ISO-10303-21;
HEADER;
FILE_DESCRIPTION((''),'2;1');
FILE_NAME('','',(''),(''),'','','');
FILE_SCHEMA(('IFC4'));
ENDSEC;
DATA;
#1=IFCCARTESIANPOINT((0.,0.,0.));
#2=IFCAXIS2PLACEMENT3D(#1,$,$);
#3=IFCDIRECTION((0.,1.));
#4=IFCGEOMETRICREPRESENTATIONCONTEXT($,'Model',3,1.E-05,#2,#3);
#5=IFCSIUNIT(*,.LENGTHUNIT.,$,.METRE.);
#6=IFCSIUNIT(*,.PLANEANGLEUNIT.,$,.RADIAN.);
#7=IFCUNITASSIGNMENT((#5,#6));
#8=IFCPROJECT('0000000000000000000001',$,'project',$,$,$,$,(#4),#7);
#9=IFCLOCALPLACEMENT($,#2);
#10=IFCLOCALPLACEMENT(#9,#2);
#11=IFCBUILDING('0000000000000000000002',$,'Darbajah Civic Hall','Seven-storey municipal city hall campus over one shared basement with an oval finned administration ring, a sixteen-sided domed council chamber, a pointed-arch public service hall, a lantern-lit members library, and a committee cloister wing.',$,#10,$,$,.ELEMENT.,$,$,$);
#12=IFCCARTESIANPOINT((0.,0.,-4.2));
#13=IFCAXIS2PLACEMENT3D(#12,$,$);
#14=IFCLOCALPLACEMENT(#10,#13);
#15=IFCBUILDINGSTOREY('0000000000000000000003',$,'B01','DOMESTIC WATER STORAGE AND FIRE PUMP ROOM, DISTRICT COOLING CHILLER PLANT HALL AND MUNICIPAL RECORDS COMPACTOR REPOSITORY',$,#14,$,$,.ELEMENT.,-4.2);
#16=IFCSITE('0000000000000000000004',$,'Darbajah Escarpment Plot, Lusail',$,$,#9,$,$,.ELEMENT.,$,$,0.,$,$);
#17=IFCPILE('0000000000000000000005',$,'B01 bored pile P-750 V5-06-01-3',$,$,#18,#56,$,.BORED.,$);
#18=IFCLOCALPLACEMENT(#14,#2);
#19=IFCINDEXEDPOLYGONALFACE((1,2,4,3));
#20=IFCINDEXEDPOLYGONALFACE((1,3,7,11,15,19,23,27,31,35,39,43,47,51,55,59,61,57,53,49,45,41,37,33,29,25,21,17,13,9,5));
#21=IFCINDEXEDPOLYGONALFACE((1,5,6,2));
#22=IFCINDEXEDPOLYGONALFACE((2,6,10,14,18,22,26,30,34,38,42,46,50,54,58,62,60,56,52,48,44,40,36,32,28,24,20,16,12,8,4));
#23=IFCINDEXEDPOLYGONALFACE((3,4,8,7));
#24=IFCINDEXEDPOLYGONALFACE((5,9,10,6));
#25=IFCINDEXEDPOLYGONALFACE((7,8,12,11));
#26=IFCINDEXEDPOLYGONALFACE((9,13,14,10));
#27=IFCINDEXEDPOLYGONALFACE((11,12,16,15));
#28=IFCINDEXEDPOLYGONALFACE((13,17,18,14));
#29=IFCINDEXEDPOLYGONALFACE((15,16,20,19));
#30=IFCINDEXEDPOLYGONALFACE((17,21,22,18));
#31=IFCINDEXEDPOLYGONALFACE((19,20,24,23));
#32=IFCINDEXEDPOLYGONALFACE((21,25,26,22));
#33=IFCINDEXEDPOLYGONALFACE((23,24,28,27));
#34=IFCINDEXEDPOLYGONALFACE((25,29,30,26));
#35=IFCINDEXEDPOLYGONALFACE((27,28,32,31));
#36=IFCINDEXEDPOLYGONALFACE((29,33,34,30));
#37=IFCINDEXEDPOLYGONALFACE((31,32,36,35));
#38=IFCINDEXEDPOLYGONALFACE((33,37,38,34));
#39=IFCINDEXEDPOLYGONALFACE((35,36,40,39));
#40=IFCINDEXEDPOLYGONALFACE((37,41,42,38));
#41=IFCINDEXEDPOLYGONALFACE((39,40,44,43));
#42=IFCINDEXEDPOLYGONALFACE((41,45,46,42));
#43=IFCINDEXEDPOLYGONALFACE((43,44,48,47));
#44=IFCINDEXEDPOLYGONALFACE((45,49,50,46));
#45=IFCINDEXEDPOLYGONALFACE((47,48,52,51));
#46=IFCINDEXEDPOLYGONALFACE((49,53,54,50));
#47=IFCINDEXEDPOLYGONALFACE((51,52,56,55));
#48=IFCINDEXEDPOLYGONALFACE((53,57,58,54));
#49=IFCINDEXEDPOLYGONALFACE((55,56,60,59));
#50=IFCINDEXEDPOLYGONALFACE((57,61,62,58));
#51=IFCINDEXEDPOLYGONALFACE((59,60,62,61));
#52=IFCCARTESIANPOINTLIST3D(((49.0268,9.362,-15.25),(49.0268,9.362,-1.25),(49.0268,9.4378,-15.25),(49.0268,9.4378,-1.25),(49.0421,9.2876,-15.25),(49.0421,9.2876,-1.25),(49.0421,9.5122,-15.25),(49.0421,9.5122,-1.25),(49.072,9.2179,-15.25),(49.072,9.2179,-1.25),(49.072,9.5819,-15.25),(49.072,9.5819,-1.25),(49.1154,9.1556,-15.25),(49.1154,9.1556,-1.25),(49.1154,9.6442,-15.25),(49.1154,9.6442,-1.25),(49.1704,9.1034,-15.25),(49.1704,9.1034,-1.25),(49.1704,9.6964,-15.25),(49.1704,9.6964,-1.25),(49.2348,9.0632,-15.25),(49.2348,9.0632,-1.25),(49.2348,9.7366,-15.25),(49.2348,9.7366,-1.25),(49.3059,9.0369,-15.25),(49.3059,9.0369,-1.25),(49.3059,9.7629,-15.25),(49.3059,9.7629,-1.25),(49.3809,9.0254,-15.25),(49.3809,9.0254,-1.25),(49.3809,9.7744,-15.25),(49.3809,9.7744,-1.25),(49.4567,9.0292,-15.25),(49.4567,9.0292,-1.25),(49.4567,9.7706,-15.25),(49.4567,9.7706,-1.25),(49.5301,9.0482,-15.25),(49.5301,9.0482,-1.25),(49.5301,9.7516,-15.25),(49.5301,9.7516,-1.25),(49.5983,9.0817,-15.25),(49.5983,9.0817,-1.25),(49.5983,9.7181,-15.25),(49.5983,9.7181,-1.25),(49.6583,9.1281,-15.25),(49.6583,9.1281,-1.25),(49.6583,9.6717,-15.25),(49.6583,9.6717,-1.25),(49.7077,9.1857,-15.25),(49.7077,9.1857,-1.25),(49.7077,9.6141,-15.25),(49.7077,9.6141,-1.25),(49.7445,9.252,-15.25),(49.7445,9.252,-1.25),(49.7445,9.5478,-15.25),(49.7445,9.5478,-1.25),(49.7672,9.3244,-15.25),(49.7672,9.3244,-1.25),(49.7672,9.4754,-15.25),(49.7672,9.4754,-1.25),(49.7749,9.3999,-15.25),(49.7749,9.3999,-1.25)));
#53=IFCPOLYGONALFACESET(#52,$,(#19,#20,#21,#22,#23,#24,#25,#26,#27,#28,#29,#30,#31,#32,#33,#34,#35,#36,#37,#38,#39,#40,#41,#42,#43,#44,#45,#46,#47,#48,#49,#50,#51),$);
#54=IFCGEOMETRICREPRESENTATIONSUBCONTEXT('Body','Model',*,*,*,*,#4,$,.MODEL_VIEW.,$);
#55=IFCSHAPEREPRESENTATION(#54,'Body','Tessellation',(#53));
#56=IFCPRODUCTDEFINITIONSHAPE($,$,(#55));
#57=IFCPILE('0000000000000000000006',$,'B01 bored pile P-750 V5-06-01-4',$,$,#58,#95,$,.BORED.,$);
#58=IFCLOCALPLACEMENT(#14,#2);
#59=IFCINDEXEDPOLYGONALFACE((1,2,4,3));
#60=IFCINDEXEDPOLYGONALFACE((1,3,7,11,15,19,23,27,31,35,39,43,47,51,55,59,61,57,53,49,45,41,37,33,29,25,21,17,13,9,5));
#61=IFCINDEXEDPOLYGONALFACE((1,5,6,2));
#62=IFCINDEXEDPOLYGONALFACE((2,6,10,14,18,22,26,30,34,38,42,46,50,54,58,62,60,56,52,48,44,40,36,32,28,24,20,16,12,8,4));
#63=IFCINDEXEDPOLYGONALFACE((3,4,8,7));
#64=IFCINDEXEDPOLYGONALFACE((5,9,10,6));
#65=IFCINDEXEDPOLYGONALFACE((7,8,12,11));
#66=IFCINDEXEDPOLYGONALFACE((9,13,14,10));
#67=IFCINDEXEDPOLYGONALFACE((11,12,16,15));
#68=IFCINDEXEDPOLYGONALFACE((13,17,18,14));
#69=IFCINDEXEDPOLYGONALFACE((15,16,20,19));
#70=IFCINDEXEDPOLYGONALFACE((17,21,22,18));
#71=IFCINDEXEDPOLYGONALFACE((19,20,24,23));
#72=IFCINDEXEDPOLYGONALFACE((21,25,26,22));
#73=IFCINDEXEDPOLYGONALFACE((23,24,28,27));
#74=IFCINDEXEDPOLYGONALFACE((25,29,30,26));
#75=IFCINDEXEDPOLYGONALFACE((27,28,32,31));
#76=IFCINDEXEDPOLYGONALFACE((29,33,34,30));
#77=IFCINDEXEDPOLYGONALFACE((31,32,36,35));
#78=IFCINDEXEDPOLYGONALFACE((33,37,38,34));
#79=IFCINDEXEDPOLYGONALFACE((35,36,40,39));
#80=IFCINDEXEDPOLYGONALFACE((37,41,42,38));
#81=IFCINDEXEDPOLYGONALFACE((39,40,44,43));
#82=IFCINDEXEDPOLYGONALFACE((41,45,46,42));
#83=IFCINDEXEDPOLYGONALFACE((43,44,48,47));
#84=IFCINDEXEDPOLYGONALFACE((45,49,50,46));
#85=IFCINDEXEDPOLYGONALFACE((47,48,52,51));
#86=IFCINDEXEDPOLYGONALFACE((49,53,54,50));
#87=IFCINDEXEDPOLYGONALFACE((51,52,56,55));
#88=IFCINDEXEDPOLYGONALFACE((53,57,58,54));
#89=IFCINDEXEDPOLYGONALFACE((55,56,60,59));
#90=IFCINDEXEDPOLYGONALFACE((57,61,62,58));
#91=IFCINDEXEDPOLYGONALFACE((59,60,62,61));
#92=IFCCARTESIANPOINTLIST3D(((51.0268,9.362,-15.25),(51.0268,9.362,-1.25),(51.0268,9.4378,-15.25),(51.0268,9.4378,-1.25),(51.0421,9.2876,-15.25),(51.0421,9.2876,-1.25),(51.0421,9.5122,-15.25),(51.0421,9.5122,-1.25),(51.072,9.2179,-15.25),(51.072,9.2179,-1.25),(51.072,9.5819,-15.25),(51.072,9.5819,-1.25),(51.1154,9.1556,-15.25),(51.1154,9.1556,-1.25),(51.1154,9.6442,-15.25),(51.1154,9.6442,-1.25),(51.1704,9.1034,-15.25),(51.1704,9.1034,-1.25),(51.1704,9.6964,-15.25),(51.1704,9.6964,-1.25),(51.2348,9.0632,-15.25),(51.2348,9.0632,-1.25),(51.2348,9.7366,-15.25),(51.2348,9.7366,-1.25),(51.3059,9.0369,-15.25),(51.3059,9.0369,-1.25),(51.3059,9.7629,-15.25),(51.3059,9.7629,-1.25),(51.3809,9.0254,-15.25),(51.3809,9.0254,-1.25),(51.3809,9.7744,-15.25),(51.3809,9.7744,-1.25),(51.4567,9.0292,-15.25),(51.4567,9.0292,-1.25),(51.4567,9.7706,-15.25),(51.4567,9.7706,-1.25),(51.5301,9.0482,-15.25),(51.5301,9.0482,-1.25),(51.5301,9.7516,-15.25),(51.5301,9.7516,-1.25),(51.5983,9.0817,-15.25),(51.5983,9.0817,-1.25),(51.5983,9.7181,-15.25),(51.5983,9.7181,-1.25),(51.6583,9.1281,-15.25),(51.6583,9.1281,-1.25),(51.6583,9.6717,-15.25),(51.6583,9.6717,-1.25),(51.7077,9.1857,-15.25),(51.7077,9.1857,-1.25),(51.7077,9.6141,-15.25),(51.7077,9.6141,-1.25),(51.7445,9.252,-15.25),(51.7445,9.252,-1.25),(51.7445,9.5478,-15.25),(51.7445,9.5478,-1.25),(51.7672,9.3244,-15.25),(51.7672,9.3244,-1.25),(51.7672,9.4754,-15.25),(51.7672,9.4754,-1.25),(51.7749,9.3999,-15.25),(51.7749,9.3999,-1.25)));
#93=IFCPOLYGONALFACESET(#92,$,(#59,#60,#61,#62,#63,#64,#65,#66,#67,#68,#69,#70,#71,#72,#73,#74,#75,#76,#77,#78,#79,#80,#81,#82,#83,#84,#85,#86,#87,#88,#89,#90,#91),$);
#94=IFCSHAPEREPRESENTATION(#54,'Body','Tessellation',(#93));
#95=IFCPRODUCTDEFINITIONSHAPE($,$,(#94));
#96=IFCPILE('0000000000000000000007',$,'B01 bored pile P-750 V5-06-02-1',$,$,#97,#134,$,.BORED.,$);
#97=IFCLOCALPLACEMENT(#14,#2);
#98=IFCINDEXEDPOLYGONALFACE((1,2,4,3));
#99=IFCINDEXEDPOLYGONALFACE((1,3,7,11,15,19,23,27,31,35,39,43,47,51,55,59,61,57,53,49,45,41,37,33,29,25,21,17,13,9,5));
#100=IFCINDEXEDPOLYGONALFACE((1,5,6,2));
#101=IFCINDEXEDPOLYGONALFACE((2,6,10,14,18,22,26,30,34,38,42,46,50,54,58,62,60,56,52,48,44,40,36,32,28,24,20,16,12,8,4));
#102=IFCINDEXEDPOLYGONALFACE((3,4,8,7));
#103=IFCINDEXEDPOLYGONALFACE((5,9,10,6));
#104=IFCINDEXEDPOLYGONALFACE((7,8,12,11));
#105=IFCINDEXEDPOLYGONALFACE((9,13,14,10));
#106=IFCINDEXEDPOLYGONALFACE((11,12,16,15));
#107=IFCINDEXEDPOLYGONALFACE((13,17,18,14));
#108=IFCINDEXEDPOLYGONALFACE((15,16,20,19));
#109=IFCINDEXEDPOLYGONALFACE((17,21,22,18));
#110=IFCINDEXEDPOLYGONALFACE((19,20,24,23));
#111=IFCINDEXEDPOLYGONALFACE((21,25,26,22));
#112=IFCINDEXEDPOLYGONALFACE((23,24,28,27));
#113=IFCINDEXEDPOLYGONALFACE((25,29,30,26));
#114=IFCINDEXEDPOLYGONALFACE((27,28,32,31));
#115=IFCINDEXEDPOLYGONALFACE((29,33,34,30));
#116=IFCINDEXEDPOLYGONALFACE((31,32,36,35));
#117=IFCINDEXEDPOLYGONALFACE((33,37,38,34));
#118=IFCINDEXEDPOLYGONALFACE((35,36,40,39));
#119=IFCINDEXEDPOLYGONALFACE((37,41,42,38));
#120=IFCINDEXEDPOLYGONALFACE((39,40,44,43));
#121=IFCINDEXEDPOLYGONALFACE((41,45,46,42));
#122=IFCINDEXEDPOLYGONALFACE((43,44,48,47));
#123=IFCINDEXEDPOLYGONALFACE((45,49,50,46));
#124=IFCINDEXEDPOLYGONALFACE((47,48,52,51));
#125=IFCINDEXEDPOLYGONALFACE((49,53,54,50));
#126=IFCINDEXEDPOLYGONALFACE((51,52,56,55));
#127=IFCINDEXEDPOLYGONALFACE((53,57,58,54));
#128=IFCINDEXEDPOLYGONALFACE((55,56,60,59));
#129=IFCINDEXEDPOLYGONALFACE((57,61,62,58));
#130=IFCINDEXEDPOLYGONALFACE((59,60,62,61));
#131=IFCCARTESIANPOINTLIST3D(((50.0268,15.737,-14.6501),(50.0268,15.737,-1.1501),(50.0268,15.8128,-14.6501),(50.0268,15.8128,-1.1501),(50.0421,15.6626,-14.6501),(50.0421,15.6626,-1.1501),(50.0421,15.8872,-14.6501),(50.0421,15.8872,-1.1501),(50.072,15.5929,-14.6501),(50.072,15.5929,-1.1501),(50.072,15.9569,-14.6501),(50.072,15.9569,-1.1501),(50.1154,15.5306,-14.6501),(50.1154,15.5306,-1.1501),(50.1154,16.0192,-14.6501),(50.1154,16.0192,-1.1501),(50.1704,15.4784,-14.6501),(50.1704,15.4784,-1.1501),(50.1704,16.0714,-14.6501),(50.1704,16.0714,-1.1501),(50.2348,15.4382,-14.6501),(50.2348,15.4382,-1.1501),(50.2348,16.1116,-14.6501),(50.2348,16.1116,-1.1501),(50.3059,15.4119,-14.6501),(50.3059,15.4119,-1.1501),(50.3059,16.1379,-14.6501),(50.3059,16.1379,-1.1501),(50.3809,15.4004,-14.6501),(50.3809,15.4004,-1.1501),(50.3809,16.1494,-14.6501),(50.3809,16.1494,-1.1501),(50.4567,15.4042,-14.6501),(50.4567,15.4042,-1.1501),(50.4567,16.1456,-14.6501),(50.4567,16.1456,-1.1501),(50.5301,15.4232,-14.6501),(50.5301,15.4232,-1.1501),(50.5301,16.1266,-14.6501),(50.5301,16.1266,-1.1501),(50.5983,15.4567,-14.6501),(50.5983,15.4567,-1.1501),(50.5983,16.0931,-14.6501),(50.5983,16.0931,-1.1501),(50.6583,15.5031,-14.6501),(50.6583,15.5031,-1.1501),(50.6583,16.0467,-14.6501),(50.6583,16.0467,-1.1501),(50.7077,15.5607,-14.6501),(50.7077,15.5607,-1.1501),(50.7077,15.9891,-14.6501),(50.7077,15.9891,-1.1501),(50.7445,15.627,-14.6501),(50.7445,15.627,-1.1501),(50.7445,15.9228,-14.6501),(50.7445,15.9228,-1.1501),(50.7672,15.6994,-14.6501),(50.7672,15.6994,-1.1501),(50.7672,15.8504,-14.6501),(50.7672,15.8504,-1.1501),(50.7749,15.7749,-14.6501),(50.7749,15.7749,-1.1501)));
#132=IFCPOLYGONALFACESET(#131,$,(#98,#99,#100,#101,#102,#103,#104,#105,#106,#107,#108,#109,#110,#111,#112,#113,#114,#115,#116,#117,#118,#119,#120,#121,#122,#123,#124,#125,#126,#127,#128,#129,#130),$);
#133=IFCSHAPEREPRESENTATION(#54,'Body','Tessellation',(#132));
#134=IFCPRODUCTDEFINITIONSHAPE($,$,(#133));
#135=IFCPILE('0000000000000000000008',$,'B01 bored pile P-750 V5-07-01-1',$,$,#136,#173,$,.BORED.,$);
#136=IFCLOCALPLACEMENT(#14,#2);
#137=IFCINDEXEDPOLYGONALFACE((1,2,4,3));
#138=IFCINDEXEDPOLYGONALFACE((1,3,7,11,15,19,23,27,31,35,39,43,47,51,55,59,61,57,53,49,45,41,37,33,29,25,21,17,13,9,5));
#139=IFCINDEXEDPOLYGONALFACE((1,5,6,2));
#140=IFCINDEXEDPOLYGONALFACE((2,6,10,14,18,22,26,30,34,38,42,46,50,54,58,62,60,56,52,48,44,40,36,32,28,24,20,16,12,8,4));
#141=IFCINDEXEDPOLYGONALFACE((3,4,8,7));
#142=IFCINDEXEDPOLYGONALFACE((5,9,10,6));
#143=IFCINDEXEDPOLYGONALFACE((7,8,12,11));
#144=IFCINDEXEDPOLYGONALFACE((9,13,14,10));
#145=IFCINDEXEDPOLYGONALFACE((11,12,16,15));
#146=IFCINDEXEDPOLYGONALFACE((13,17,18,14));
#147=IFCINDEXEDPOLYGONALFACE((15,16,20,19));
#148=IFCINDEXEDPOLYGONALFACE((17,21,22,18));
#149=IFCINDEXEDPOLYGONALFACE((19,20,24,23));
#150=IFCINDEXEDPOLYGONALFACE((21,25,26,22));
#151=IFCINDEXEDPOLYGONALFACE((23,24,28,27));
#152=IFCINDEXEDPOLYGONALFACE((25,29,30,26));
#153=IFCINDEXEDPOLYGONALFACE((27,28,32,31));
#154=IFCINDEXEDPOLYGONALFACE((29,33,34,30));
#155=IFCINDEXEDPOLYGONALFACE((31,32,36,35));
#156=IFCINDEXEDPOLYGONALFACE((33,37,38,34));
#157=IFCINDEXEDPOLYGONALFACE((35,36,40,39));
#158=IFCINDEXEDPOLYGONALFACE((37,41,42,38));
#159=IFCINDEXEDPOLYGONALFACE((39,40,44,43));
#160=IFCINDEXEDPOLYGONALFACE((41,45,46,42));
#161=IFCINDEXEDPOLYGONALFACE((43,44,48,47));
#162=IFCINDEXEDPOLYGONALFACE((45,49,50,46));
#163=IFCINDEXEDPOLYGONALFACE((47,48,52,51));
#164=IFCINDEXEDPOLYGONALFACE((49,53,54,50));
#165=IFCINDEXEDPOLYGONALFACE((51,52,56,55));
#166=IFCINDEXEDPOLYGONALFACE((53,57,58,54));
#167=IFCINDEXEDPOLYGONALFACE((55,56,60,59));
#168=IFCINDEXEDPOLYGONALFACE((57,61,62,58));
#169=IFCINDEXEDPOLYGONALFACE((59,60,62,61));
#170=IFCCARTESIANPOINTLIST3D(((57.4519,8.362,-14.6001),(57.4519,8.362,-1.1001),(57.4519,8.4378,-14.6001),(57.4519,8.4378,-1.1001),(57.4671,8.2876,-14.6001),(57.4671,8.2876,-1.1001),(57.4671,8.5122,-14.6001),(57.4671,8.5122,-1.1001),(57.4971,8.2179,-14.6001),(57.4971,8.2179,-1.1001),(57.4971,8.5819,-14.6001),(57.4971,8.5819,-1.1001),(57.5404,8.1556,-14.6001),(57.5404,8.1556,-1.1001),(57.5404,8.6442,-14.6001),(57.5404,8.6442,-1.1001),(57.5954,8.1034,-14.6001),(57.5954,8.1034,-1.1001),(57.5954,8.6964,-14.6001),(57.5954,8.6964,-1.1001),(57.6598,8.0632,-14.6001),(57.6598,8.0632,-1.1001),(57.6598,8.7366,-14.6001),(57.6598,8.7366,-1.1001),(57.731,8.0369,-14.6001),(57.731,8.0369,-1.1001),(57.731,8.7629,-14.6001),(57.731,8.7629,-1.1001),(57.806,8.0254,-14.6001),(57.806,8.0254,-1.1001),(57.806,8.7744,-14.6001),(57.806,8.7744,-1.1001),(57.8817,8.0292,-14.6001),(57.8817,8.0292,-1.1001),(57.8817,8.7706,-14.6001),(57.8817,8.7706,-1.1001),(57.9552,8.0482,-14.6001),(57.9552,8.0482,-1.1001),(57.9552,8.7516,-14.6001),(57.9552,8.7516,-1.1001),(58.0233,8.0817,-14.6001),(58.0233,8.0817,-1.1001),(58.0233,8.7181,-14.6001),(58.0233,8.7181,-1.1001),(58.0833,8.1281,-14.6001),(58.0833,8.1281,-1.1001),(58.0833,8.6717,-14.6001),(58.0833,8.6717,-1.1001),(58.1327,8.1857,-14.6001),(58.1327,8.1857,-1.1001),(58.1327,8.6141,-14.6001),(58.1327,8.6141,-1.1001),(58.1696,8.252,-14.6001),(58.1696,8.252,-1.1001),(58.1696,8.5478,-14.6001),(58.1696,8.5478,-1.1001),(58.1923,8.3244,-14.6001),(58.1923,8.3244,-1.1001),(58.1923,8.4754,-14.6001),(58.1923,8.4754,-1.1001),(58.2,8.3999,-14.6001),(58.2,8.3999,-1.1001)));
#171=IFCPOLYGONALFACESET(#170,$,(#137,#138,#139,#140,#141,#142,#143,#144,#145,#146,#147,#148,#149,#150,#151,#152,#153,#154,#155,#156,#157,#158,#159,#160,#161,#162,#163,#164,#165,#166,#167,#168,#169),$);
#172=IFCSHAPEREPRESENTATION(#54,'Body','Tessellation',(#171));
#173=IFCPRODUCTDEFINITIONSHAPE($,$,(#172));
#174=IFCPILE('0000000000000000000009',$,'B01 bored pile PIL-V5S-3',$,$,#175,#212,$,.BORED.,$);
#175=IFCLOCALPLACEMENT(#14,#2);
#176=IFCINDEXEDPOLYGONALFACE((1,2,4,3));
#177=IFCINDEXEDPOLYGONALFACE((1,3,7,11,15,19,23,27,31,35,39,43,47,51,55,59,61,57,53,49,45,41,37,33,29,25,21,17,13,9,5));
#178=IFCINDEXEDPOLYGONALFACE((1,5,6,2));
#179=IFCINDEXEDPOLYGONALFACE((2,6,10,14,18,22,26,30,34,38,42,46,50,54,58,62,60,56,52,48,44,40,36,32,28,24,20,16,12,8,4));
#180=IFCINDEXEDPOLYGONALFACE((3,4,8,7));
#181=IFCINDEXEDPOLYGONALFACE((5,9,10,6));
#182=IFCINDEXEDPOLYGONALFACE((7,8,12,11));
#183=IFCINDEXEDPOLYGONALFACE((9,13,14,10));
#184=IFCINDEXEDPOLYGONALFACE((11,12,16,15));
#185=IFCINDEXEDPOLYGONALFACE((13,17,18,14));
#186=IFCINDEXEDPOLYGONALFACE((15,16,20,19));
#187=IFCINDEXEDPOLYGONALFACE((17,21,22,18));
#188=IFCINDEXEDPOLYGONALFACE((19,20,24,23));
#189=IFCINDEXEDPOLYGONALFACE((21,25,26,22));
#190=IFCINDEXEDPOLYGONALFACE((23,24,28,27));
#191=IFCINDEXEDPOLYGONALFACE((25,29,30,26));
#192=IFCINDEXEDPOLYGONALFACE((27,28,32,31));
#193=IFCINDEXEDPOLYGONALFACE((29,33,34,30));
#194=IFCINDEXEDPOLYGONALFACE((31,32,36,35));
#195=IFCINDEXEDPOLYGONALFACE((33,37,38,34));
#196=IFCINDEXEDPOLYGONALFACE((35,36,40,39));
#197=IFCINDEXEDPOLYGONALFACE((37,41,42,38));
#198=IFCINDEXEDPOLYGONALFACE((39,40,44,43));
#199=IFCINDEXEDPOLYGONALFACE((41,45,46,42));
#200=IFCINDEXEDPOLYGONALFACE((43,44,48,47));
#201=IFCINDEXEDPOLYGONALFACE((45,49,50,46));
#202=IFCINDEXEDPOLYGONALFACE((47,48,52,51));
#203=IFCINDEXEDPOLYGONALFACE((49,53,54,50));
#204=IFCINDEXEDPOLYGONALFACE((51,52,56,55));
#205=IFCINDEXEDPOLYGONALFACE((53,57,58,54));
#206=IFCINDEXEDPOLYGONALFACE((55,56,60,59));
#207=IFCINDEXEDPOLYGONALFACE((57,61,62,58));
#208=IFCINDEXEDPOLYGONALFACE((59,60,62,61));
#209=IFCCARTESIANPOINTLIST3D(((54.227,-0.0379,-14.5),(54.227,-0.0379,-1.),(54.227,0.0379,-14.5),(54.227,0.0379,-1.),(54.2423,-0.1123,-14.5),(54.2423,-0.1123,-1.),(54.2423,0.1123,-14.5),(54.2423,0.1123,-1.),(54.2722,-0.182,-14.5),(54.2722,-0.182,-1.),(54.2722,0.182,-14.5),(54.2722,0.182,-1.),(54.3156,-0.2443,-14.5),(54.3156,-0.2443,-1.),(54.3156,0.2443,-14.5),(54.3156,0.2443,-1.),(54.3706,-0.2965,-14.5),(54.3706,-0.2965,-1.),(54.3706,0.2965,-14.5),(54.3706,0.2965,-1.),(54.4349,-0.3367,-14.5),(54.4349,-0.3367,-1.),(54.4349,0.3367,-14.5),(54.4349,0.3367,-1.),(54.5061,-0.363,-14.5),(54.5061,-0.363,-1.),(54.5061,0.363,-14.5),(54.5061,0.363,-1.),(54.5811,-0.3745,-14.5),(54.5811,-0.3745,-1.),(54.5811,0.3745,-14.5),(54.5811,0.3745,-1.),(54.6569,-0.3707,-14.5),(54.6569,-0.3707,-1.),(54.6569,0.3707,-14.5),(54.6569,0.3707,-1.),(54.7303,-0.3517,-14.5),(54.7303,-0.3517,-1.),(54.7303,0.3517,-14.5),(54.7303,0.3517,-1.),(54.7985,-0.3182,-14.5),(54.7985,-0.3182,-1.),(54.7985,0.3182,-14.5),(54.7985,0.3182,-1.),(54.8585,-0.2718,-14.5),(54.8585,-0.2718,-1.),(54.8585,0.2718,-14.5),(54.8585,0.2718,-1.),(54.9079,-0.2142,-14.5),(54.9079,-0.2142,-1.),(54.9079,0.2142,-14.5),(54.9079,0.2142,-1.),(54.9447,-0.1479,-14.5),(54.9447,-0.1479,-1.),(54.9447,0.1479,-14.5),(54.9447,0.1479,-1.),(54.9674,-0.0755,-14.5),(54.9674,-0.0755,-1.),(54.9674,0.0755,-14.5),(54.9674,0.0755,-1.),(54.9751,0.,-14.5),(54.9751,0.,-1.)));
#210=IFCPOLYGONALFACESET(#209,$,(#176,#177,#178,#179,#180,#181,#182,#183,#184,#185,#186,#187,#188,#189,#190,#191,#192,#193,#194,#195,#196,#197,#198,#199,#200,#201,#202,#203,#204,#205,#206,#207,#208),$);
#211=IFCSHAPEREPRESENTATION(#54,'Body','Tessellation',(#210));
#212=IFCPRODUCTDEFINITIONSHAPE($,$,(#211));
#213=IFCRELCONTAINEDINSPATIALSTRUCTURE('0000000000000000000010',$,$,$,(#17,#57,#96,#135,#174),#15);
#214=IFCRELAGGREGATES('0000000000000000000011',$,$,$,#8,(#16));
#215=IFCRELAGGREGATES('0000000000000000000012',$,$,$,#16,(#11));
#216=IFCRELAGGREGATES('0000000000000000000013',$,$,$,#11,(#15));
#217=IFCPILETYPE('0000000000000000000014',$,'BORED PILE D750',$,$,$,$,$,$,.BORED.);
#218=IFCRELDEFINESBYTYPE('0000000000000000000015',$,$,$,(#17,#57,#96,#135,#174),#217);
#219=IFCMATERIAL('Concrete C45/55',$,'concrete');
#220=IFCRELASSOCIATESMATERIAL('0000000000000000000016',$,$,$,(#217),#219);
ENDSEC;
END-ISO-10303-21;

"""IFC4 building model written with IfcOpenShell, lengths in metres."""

from ifc_helpers import new_model, si_unit, direction, frame, origin, origin_2d, place, context, subcontext, project, spatial, circle, extrude, material, material_profile, profile_set, type_object, element, save


model = new_model("IFC4")

# Units and contexts
model_context = context("Model", 3, precision=1e-05, world=origin(), true_north=direction((0.0, 1.0)))
body_context = subcontext(model_context, "Body", "Model", "MODEL_VIEW")
ifc_project = project(units=[si_unit("LENGTHUNIT", "METRE"), si_unit("PLANEANGLEUNIT", "RADIAN")], contexts=[model_context])

# Site, building, storey
site_placement = place(None, origin())
site = spatial("IfcSite", under=ifc_project, at=site_placement, Name="Darbajah Escarpment Plot, Lusail", CompositionType="ELEMENT", RefElevation=0.0)
building_placement = place(site_placement, origin())
building = spatial("IfcBuilding", under=site, at=building_placement, Name="Darbajah Civic Hall", Description="Seven-storey municipal city hall campus over one shared basement with an oval finned administration ring, a sixteen-sided domed council chamber, a pointed-arch public service hall, a lantern-lit members library, and a committee cloister wing.", CompositionType="ELEMENT")
storey_placement = place(building_placement, frame((0.0, 0.0, -4.2)))
storey = spatial("IfcBuildingStorey", under=building, at=storey_placement, Name="B01", Description="DOMESTIC WATER STORAGE AND FIRE PUMP ROOM, DISTRICT COOLING CHILLER PLANT HALL AND MUNICIPAL RECORDS COMPACTOR REPOSITORY", CompositionType="ELEMENT", Elevation=-4.2)

# Piles
ifc_material_1 = material(Name="Concrete C45/55", Category="concrete")
ifc_material_profile_1 = material_profile(ifc_material_1, circle(Radius=0.375, at=origin_2d()), Name="BORED PILE D750")
ifc_profile_set_1 = profile_set([ifc_material_profile_1], Name="Concrete C45/55")
pile_type_1 = type_object("IfcPileType", Name="BORED PILE D750", PredefinedType="BORED", material=ifc_profile_set_1)
for number, where, z_axis, x_axis, name in (
    (1, (49.3999, 9.3999, -1.25), (0.0, 0.0, -1.0), (1.0, 0.0, 0.0), "B01 bored pile P-750 V5-06-01-3"),
    (2, (51.3999, 9.3999, -1.25), (0.0, 0.0, -1.0), (1.0, 0.0, 0.0), "B01 bored pile P-750 V5-06-01-4"),
):
    element("IfcPile", number, at=place(storey_placement, frame(where, z_axis=z_axis, x_axis=x_axis)), inside=storey, type_object=pile_type_1, Name=name, PredefinedType="BORED", context=body_context, shape_type="SweptSolid", body=[
        extrude(circle(Radius=0.375, at=origin_2d()), origin(), (0.0, 0.0, 1.0), 14.0),
    ])
for number, where, z_axis, x_axis, name in (
    (3, (50.3999, 15.7749, -1.1501), (0.0, 0.0, -1.0), (1.0, 0.0, 0.0), "B01 bored pile P-750 V5-06-02-1"),
    (4, (57.825, 8.3999, -1.1001), (0.0, 0.0, -1.0), (1.0, 0.0, 0.0), "B01 bored pile P-750 V5-07-01-1"),
    (5, (54.6001, 0.0, -1.0), (0.0, 0.0, -1.0), (1.0, 0.0, 0.0), "B01 bored pile PIL-V5S-3"),
):
    element("IfcPile", number, at=place(storey_placement, frame(where, z_axis=z_axis, x_axis=x_axis)), inside=storey, type_object=pile_type_1, Name=name, PredefinedType="BORED", context=body_context, shape_type="SweptSolid", body=[
        extrude(circle(Radius=0.375, at=origin_2d()), origin(), (0.0, 0.0, 1.0), 13.5),
    ])

save(model, "model.ifc")
